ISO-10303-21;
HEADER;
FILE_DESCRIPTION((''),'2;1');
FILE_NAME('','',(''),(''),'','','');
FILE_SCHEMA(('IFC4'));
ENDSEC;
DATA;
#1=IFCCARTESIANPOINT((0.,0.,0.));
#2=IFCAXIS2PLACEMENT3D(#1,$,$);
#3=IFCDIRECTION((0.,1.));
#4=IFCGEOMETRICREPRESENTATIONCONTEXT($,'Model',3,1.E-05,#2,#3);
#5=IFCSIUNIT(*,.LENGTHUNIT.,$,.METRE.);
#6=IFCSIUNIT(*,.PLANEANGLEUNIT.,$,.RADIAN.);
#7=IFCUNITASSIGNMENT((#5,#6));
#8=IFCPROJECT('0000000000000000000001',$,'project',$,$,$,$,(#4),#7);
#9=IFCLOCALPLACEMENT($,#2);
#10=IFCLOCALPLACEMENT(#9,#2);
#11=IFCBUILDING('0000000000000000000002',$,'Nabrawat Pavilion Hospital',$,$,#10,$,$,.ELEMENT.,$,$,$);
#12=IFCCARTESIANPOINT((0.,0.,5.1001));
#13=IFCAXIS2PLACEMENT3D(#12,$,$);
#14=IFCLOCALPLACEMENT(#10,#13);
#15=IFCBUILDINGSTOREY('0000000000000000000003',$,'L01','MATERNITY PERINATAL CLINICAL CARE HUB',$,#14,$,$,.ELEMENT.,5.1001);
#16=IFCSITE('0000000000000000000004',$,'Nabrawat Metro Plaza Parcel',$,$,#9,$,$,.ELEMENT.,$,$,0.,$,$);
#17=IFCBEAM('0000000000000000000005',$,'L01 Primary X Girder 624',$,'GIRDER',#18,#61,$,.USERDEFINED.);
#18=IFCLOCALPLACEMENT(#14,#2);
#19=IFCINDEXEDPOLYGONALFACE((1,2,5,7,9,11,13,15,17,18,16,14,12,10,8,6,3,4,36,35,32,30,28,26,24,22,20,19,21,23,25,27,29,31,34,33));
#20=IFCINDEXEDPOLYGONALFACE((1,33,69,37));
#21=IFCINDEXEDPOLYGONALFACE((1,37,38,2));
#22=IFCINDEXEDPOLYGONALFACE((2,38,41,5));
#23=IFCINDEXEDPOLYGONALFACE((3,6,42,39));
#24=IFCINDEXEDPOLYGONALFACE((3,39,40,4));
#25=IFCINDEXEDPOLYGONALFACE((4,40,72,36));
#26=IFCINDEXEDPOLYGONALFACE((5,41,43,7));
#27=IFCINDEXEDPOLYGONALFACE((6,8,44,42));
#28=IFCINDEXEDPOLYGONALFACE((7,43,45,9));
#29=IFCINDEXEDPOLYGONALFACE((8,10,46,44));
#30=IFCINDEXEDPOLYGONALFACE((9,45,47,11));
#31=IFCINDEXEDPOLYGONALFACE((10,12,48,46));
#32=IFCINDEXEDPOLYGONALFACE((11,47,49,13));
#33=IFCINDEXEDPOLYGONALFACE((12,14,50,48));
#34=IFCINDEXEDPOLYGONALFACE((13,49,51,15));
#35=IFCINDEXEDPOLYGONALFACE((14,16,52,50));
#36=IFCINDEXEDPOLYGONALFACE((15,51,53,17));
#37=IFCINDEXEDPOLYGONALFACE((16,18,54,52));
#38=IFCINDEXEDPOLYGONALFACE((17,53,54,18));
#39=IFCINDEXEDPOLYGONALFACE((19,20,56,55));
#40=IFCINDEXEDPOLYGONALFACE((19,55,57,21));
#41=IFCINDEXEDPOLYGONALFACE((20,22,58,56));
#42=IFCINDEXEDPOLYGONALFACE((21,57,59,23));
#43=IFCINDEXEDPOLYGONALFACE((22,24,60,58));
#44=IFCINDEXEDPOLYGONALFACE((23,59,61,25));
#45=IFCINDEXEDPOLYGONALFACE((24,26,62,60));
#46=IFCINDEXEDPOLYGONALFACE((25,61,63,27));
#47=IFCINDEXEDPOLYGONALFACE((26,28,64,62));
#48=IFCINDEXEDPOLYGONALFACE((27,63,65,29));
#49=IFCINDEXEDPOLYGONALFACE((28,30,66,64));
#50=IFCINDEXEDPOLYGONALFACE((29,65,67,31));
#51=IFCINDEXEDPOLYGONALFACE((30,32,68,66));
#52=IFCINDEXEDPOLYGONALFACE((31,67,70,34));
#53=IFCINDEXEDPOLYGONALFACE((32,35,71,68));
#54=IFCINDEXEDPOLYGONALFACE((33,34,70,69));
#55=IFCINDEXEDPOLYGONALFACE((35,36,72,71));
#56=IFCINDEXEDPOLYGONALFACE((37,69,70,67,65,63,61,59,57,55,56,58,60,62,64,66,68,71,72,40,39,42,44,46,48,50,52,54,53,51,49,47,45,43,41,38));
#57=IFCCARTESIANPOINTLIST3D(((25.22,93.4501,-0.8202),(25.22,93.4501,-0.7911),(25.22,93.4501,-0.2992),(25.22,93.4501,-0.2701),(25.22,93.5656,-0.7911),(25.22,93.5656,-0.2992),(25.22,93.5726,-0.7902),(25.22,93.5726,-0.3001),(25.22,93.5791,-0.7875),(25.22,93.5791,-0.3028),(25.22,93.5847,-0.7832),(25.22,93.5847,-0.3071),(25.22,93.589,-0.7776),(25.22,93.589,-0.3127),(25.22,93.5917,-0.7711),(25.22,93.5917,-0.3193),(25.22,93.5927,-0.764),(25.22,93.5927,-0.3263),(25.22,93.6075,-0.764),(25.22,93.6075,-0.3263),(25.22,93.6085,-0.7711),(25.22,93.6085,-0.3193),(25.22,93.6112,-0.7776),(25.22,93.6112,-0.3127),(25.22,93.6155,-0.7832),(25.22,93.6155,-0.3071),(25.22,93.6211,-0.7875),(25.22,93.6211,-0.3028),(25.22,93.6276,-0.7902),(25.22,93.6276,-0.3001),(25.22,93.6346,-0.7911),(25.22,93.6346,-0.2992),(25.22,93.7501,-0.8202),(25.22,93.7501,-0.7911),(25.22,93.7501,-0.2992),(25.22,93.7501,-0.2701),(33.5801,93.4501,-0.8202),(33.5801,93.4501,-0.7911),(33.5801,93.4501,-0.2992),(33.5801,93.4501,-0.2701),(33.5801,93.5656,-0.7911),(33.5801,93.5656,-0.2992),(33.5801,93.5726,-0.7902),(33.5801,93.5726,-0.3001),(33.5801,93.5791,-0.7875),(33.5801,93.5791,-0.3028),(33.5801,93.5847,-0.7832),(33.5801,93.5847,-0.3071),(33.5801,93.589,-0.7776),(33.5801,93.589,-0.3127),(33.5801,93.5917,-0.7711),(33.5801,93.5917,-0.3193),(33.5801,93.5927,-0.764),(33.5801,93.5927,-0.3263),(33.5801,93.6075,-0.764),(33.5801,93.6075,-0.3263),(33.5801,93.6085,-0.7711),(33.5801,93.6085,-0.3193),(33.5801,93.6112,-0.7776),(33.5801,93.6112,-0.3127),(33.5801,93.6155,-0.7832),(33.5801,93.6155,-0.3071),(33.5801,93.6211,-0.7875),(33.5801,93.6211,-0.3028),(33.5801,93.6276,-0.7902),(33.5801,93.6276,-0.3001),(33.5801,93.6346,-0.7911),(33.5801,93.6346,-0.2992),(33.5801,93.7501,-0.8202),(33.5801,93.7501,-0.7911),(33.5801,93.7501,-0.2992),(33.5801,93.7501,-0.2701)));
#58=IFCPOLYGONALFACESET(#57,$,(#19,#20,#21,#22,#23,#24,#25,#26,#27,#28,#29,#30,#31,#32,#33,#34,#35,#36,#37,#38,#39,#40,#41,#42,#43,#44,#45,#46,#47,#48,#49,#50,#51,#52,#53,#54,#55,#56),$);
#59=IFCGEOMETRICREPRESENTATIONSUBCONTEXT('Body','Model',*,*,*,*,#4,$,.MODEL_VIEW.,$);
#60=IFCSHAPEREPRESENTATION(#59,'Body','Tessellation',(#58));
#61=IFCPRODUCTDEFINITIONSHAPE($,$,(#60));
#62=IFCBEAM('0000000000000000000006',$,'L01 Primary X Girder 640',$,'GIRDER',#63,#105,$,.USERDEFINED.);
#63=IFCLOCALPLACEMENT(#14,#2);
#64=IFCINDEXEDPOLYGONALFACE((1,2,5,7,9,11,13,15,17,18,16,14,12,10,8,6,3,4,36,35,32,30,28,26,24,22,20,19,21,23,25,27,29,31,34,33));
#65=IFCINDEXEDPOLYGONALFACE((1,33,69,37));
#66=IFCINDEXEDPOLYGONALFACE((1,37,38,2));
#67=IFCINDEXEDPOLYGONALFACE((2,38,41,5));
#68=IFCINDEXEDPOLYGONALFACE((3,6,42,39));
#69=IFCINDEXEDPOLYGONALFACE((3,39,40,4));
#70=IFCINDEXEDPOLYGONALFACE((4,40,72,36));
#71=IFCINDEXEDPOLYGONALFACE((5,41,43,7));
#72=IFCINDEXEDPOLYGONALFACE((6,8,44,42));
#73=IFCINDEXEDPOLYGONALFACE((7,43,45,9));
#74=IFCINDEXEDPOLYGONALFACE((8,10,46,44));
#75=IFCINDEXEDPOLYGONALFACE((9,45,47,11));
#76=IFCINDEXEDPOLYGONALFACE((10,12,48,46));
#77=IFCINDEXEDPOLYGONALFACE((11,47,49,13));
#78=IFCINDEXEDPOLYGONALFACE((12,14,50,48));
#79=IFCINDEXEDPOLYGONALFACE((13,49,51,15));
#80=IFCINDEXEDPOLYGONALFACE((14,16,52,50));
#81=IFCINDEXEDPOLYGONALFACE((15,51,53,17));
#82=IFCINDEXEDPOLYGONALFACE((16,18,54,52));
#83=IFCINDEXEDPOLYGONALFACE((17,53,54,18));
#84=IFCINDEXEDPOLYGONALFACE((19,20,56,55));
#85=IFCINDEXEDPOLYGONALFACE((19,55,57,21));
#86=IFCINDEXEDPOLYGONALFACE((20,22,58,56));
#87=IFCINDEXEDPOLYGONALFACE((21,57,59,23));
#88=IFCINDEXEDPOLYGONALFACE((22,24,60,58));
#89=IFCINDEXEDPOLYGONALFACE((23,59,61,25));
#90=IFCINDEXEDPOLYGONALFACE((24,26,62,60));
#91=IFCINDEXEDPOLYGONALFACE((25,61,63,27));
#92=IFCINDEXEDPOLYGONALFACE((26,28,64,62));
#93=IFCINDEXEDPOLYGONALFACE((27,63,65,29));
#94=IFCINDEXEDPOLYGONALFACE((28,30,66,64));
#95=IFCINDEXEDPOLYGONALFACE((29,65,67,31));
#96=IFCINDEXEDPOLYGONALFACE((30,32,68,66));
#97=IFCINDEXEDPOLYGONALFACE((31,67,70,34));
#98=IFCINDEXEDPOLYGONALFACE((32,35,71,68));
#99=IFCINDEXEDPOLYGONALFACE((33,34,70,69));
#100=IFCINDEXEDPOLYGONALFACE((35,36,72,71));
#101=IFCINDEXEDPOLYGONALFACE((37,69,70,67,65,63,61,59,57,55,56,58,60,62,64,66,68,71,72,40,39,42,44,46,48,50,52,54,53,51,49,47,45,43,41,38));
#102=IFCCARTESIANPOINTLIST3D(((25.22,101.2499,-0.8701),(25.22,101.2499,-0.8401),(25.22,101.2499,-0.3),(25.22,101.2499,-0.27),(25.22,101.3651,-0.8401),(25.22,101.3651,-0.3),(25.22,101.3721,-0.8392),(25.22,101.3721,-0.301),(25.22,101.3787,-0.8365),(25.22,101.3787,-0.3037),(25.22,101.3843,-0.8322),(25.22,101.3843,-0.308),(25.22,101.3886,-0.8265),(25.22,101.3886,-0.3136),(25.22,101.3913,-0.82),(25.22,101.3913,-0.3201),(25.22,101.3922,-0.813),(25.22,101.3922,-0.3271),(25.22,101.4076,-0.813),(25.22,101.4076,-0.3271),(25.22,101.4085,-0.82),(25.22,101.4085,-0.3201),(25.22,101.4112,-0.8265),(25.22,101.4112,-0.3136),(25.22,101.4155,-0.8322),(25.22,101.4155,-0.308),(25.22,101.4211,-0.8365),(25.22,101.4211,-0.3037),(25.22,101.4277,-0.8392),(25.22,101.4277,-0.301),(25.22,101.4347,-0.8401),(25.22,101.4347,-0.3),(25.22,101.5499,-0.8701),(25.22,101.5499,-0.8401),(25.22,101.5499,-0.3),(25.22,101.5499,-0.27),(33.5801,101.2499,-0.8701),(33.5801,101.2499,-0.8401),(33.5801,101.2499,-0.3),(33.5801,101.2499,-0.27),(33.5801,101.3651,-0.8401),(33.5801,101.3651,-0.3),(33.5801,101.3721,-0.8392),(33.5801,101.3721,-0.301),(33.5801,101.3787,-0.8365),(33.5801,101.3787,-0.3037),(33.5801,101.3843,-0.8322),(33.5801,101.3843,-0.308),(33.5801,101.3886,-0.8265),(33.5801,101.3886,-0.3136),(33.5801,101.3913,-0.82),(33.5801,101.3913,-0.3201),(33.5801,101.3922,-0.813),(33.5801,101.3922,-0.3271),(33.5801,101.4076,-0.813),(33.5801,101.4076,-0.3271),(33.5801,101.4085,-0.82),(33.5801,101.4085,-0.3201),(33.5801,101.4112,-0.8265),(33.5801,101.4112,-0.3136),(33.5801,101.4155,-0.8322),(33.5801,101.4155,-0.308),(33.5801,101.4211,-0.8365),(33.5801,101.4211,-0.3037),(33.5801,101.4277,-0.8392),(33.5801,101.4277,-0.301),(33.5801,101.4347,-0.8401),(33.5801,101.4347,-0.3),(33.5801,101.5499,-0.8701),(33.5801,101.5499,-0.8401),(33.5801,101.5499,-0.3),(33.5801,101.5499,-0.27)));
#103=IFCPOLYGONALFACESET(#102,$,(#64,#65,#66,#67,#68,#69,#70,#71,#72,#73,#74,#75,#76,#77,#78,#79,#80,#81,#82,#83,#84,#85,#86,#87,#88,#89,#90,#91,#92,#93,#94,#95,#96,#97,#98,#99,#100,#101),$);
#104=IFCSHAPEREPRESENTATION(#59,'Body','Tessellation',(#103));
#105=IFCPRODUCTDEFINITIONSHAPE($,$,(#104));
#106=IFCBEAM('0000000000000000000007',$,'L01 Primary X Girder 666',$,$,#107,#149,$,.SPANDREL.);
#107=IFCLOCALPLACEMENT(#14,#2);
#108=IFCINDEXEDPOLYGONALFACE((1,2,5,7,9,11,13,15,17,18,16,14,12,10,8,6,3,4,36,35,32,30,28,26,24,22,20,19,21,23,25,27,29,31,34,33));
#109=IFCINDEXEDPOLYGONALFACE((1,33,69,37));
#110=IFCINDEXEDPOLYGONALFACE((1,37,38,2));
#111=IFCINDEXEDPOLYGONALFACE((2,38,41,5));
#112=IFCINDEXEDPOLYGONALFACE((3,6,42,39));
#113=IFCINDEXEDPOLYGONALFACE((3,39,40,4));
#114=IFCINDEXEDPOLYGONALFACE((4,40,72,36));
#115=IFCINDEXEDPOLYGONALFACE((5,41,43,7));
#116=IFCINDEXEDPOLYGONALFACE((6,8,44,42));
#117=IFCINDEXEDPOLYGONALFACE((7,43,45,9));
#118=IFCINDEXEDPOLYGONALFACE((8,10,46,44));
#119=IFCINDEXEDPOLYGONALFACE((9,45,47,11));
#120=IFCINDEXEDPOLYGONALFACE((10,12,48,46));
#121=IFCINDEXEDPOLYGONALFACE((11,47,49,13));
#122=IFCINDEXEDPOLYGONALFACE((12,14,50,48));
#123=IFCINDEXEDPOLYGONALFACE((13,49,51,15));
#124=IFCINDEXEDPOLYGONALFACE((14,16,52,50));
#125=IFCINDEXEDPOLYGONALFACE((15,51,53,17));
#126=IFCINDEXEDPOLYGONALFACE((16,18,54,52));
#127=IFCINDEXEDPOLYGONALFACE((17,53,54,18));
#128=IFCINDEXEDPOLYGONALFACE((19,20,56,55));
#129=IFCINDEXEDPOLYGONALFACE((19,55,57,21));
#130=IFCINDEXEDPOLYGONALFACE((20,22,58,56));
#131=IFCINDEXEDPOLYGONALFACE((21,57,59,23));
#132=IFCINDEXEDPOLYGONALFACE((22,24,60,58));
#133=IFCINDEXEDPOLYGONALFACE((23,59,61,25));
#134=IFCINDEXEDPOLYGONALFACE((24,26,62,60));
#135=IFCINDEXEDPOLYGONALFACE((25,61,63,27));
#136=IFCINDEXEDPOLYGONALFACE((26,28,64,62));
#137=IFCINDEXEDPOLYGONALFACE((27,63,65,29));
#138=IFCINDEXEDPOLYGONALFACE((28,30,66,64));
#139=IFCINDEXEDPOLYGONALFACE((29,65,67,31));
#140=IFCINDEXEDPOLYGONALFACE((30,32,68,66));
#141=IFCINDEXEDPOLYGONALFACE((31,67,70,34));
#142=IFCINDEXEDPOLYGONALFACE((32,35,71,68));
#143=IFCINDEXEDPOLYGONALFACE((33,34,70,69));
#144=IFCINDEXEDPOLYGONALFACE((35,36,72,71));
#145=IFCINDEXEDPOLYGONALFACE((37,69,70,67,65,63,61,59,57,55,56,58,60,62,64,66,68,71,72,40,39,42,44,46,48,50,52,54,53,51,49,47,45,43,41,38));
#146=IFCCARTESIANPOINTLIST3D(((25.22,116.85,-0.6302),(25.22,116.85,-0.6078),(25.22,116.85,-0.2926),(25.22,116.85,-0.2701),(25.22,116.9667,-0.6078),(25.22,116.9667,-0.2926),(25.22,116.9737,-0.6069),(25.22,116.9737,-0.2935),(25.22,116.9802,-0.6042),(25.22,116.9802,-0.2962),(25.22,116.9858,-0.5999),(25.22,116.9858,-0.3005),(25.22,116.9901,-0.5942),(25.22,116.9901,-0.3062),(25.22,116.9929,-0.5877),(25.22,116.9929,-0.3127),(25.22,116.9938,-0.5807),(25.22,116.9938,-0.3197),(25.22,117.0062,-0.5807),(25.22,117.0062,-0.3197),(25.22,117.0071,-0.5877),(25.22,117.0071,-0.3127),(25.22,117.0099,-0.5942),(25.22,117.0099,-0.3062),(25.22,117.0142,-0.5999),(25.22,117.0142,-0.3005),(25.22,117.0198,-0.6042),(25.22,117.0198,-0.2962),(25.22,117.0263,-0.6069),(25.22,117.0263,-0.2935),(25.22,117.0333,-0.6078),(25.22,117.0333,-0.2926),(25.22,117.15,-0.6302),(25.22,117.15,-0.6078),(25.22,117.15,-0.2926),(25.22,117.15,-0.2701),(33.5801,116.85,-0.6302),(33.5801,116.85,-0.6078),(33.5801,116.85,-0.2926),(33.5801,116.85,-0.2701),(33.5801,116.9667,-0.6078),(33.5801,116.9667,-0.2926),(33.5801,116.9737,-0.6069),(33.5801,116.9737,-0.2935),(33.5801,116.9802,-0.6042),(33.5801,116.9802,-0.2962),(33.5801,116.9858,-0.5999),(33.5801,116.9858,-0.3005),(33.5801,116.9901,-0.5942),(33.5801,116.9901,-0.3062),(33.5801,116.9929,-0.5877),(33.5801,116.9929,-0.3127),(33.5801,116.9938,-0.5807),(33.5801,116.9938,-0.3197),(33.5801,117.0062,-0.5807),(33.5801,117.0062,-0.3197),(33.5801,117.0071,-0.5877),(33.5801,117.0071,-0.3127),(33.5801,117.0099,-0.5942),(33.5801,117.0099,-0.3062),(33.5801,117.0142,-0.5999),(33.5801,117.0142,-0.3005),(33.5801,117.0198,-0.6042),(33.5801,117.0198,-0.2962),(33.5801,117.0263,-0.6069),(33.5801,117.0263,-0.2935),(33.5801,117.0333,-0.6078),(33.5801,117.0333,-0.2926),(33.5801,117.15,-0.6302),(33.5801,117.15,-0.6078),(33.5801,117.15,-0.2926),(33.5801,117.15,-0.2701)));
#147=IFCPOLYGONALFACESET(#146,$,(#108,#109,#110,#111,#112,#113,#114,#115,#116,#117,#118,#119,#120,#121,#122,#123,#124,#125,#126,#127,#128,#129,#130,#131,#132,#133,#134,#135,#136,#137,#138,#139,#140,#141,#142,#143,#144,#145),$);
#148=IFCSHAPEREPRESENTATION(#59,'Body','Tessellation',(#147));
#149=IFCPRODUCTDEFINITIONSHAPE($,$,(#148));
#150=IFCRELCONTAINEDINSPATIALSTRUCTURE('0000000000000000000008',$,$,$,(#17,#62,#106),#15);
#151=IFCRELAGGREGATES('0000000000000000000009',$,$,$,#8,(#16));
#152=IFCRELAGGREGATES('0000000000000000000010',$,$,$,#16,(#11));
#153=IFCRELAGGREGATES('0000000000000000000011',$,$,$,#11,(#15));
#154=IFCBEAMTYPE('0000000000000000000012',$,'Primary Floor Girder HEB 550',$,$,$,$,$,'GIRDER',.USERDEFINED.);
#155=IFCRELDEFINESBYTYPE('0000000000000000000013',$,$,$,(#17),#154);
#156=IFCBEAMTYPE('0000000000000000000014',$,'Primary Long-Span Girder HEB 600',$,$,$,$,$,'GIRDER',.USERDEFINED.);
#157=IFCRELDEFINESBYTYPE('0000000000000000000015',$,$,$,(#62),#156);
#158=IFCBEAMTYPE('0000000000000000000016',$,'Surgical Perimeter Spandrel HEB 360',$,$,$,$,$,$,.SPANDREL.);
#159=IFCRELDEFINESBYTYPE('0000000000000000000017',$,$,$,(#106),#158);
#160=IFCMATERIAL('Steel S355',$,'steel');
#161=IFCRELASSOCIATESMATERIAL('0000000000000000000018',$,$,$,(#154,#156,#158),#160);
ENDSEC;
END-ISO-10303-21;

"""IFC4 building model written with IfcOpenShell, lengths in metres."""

from ifc_helpers import new_model, si_unit, direction, frame, origin, origin_2d, place, context, subcontext, project, spatial, i_section, extrude, material, material_profile, profile_set, type_object, element, save


model = new_model("IFC4")

# Units and contexts
model_context = context("Model", 3, precision=1e-05, world=origin(), true_north=direction((0.0, 1.0)))
body_context = subcontext(model_context, "Body", "Model", "MODEL_VIEW")
ifc_project = project(units=[si_unit("LENGTHUNIT", "METRE"), si_unit("PLANEANGLEUNIT", "RADIAN")], contexts=[model_context])

# Site, building, storey
site_placement = place(None, origin())
site = spatial("IfcSite", under=ifc_project, at=site_placement, Name="Nabrawat Metro Plaza Parcel", CompositionType="ELEMENT", RefElevation=0.0)
building_placement = place(site_placement, origin())
building = spatial("IfcBuilding", under=site, at=building_placement, Name="Nabrawat Pavilion Hospital", CompositionType="ELEMENT")
storey_placement = place(building_placement, frame((0.0, 0.0, 5.1001)))
storey = spatial("IfcBuildingStorey", under=building, at=storey_placement, Name="L01", Description="MATERNITY PERINATAL CLINICAL CARE HUB", CompositionType="ELEMENT", Elevation=5.1001)

# Shared definitions
ifc_material_1 = material(Name="Steel S355", Category="steel")

# Beams
ifc_material_profile_1 = material_profile(ifc_material_1, i_section(OverallWidth=0.3, OverallDepth=0.55, WebThickness=0.0149, FlangeThickness=0.0291, FilletRadius=0.0271, at=origin_2d()), Name="HEB 550")
ifc_profile_set_1 = profile_set([ifc_material_profile_1], Name="Steel S355")
beam_type_1 = type_object("IfcBeamType", Name="Primary Floor Girder HEB 550", ElementType="GIRDER", PredefinedType="USERDEFINED", material=ifc_profile_set_1)
beam_1_placement = place(storey_placement, frame((25.22, 93.6001, -0.5452), z_axis=(1.0, 0.0, 0.0), x_axis=(0.0, 1.0, 0.0)))
element("IfcBeam", 1, at=beam_1_placement, inside=storey, type_object=beam_type_1, Name="L01 Primary X Girder 624", ObjectType="GIRDER", PredefinedType="USERDEFINED", context=body_context, shape_type="SweptSolid", body=[
    extrude(i_section(OverallWidth=0.3, OverallDepth=0.55, WebThickness=0.0149, FlangeThickness=0.0291, FilletRadius=0.0271, at=origin_2d()), origin(), (0.0, 0.0, 1.0), 8.3601),
])
ifc_material_profile_2 = material_profile(ifc_material_1, i_section(OverallWidth=0.3, OverallDepth=0.6001, WebThickness=0.0154, FlangeThickness=0.03, FilletRadius=0.0271, at=origin_2d()), Name="HEB 600")
ifc_profile_set_2 = profile_set([ifc_material_profile_2], Name="Steel S355")
beam_type_2 = type_object("IfcBeamType", Name="Primary Long-Span Girder HEB 600", ElementType="GIRDER", PredefinedType="USERDEFINED", material=ifc_profile_set_2)
beam_2_placement = place(storey_placement, frame((25.22, 101.3999, -0.5701), z_axis=(1.0, 0.0, 0.0), x_axis=(0.0, 1.0, 0.0)))
element("IfcBeam", 2, at=beam_2_placement, inside=storey, type_object=beam_type_2, Name="L01 Primary X Girder 640", ObjectType="GIRDER", PredefinedType="USERDEFINED", context=body_context, shape_type="SweptSolid", body=[
    extrude(i_section(OverallWidth=0.3, OverallDepth=0.6001, WebThickness=0.0154, FlangeThickness=0.03, FilletRadius=0.0271, at=origin_2d()), origin(), (0.0, 0.0, 1.0), 8.3601),
])
ifc_material_profile_3 = material_profile(ifc_material_1, i_section(OverallWidth=0.3, OverallDepth=0.3601, WebThickness=0.0125, FlangeThickness=0.0225, FilletRadius=0.0271, at=origin_2d()), Name="HEB 360")
ifc_profile_set_3 = profile_set([ifc_material_profile_3], Name="Steel S355")
beam_type_3 = type_object("IfcBeamType", Name="Surgical Perimeter Spandrel HEB 360", PredefinedType="SPANDREL", material=ifc_profile_set_3)
beam_3_placement = place(storey_placement, frame((25.22, 117.0, -0.4502), z_axis=(1.0, 0.0, 0.0), x_axis=(0.0, 1.0, 0.0)))
element("IfcBeam", 3, at=beam_3_placement, inside=storey, type_object=beam_type_3, Name="L01 Primary X Girder 666", PredefinedType="SPANDREL", context=body_context, shape_type="SweptSolid", body=[
    extrude(i_section(OverallWidth=0.3, OverallDepth=0.3601, WebThickness=0.0125, FlangeThickness=0.0225, FilletRadius=0.0271, at=origin_2d()), origin(), (0.0, 0.0, 1.0), 8.3601),
])

save(model, "model.ifc")
